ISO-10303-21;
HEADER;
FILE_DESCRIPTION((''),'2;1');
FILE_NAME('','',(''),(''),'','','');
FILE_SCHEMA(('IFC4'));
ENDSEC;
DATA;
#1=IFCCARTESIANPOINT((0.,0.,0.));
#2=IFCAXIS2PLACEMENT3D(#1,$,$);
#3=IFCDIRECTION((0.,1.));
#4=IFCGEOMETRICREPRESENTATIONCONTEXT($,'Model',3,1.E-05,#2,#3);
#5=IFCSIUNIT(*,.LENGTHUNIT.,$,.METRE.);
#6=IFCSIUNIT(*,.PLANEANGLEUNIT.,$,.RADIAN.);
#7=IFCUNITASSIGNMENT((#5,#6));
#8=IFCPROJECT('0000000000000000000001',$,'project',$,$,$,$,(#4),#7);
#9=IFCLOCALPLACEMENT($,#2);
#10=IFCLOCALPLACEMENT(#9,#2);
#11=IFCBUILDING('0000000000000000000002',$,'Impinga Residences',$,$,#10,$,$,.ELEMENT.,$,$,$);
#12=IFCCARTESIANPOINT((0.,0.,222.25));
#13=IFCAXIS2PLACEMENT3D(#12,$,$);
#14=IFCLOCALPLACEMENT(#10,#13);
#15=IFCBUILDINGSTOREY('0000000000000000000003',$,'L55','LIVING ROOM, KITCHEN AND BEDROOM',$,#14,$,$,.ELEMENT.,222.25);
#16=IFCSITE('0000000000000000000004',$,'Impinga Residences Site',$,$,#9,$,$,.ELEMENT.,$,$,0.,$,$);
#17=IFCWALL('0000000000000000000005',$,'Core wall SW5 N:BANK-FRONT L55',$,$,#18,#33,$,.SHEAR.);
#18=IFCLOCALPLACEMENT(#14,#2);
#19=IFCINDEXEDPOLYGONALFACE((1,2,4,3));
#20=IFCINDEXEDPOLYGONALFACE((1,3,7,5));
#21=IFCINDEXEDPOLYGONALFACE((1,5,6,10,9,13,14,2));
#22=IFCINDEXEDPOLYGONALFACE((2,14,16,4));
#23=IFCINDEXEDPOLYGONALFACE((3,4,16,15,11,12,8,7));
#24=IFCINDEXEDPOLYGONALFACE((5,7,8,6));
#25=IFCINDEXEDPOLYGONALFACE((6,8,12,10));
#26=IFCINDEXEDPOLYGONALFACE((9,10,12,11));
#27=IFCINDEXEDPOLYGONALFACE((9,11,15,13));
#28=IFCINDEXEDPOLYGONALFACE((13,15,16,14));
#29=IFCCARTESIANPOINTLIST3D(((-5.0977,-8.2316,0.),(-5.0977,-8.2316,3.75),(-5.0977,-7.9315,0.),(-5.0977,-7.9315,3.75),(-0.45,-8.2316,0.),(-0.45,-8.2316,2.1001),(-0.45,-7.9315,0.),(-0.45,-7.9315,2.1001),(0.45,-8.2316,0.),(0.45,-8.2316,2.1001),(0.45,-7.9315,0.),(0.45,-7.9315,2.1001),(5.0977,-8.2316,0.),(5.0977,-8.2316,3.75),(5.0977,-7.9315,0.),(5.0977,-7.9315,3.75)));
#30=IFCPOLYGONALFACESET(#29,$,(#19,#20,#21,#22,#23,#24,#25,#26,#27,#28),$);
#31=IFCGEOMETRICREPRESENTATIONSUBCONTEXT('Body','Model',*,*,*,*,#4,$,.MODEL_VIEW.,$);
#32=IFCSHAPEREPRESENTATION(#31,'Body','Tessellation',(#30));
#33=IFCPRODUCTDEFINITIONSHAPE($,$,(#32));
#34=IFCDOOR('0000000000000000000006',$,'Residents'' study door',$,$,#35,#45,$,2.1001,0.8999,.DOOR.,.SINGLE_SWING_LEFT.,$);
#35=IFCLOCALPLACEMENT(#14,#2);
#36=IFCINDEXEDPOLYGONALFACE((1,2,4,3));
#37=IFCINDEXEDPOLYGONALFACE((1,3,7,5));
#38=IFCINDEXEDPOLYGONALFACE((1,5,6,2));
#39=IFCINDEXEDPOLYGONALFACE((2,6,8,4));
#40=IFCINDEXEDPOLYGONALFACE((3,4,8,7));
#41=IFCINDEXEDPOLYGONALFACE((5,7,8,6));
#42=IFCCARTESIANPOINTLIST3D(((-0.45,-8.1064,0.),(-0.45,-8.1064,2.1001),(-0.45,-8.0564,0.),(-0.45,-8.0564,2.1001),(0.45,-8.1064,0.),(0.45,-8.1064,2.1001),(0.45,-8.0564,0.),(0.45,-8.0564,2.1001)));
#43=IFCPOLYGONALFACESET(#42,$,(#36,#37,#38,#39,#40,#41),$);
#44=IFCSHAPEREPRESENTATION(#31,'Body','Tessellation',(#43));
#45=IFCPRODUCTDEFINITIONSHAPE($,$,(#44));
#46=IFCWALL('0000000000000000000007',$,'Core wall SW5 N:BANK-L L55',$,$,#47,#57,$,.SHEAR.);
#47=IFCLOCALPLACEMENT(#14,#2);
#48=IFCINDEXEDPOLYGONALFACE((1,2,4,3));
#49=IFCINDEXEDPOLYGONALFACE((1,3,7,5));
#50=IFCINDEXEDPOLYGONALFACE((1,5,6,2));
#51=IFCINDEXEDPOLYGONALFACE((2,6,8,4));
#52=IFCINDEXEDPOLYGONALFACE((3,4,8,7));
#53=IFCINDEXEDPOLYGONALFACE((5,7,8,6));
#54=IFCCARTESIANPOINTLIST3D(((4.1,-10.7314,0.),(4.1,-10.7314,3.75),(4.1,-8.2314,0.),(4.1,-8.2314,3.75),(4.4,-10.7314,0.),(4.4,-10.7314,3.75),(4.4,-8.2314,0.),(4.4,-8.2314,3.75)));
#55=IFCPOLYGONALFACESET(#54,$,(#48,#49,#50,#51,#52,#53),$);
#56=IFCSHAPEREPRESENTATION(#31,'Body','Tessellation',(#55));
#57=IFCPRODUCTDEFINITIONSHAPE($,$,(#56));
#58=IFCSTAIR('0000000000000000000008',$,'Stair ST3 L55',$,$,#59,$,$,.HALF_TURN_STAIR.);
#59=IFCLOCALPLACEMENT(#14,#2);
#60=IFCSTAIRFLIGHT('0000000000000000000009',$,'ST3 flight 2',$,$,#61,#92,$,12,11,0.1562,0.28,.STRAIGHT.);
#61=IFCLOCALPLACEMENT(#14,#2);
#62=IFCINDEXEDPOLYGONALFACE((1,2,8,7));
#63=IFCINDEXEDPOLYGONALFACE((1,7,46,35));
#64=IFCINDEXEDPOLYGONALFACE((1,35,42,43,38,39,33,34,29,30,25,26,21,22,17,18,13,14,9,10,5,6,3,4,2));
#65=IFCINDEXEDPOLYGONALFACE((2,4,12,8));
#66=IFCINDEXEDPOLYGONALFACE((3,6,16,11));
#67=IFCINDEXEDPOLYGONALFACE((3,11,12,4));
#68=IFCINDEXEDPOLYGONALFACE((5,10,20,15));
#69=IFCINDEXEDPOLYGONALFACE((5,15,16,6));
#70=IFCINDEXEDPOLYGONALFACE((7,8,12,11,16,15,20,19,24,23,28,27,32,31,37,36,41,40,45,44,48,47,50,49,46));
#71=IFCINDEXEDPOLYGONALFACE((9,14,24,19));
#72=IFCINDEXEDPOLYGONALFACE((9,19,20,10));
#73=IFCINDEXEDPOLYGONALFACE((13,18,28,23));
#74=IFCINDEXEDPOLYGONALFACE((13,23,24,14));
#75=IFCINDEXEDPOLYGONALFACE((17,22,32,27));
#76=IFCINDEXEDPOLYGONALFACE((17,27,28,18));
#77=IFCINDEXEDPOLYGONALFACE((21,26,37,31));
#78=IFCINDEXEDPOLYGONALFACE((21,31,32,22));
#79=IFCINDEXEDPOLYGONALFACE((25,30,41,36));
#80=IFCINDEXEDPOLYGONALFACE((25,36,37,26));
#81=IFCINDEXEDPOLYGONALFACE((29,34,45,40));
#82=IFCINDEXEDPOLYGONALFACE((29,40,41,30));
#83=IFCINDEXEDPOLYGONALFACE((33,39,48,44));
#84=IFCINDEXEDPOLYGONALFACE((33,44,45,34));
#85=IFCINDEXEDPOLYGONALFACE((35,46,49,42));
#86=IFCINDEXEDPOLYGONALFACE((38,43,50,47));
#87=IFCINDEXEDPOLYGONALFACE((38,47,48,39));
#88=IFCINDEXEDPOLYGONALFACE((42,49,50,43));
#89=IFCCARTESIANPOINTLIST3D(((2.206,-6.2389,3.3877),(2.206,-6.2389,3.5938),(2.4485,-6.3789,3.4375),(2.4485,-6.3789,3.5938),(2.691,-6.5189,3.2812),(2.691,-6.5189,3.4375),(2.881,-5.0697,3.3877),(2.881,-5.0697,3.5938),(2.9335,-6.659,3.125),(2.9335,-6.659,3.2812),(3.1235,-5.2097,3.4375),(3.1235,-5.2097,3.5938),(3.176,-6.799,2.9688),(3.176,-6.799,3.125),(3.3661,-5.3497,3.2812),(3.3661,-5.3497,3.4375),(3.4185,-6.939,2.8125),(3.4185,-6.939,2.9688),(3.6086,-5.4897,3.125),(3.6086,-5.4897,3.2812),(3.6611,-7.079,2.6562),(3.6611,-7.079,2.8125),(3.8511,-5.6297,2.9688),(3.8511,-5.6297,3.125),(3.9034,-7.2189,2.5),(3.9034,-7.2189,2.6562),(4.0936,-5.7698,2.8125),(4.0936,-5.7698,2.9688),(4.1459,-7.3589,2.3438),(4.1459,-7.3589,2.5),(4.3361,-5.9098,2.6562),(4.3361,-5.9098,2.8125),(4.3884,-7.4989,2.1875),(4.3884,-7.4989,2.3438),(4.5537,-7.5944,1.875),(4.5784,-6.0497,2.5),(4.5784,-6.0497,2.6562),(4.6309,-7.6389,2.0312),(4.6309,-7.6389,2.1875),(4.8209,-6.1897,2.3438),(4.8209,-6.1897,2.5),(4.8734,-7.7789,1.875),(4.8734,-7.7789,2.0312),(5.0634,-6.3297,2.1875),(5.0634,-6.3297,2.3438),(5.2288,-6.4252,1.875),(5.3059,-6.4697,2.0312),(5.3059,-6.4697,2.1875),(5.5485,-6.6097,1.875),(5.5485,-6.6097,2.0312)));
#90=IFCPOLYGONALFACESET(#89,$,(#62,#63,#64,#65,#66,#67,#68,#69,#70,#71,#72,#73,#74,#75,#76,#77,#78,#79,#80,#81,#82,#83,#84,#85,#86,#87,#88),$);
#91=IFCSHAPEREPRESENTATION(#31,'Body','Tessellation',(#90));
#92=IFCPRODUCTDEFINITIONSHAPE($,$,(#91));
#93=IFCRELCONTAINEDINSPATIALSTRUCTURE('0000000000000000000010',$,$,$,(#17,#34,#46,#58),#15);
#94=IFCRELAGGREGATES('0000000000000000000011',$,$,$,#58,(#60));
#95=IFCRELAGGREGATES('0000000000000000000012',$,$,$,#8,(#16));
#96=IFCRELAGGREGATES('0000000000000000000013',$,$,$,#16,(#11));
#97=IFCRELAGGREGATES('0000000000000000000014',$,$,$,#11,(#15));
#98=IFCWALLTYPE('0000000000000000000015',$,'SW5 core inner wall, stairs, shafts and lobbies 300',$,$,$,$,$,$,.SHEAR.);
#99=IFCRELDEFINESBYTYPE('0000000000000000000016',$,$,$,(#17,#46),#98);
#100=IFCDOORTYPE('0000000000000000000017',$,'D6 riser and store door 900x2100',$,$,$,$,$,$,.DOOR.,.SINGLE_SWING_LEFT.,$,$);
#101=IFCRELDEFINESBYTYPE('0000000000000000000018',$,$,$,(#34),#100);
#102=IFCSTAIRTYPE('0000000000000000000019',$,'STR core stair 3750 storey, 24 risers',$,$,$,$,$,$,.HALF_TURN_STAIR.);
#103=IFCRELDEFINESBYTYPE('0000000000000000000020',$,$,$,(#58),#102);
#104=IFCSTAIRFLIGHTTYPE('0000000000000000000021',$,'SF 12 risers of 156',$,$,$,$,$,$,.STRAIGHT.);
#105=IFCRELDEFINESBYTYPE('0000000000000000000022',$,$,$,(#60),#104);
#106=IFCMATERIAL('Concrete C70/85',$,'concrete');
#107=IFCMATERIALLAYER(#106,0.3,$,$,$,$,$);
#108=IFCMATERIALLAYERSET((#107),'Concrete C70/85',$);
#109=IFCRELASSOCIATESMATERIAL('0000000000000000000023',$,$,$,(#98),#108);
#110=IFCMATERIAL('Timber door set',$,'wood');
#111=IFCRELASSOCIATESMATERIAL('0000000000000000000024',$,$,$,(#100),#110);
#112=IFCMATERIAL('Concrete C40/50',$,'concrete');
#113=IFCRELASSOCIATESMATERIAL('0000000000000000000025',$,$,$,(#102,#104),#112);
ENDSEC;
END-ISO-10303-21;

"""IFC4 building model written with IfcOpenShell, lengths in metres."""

from ifc_helpers import new_model, si_unit, direction, frame, frame_2d, origin, place, context, subcontext, project, spatial, polyline, rectangle, outline, extrude, material, layer, layer_set, type_object, element, fill, aggregate, save


model = new_model("IFC4")

# Units and contexts
model_context = context("Model", 3, precision=1e-05, world=origin(), true_north=direction((0.0, 1.0)))
body_context = subcontext(model_context, "Body", "Model", "MODEL_VIEW")
ifc_project = project(units=[si_unit("LENGTHUNIT", "METRE"), si_unit("PLANEANGLEUNIT", "RADIAN")], contexts=[model_context])

# Site, building, storey
site_placement = place(None, origin())
site = spatial("IfcSite", under=ifc_project, at=site_placement, Name="Impinga Residences Site", CompositionType="ELEMENT", RefElevation=0.0)
building_placement = place(site_placement, origin())
building = spatial("IfcBuilding", under=site, at=building_placement, Name="Impinga Residences", CompositionType="ELEMENT")
storey_placement = place(building_placement, frame((0.0, 0.0, 222.25)))
storey = spatial("IfcBuildingStorey", under=building, at=storey_placement, Name="L55", Description="LIVING ROOM, KITCHEN AND BEDROOM", CompositionType="ELEMENT", Elevation=222.25)

# Shared definitions
ifc_material_1 = material(Name="Timber door set", Category="wood")

# Wall, opening, door
ifc_material_2 = material(Name="Concrete C70/85", Category="concrete")
ifc_layer_1 = layer(ifc_material_2, 0.3)
ifc_layer_set_1 = layer_set([ifc_layer_1], Name="Concrete C70/85")
wall_type_1 = type_object("IfcWallType", Name="SW5 core inner wall, stairs, shafts and lobbies 300", PredefinedType="SHEAR", material=ifc_layer_set_1)
wall_1_placement = place(storey_placement, frame((5.0977, -8.0815, 0.0), z_axis=(0.0, 0.0, 1.0), x_axis=(-1.0, 0.0, 0.0)))
wall_1 = element("IfcWall", 1, at=wall_1_placement, inside=storey, type_object=wall_type_1, Name="Core wall SW5 N:BANK-FRONT L55", PredefinedType="SHEAR", context=body_context, shape_type="SweptSolid", body=[
    extrude(rectangle(XDim=10.1953, YDim=0.3, at=frame_2d((5.0977, 0.0))), origin(), (0.0, 0.0, 1.0), 3.75),
])
opening_1_placement = place(wall_1_placement, frame((4.6477, 0.0, 0.0)))
opening_1 = element("IfcOpeningElement", 2, at=opening_1_placement, cuts=wall_1, PredefinedType="OPENING", context=body_context, shape_type="SweptSolid", body=[
    extrude(rectangle(XDim=0.8999, YDim=2.1001, at=frame_2d((0.45, 1.05))), frame((0.0, 0.1599, 0.0), z_axis=(0.0, -1.0, 0.0), x_axis=(1.0, 0.0, 0.0)), (0.0, 0.0, 1.0), 0.3201),
])
door_type_1 = type_object("IfcDoorType", Name="D6 riser and store door 900x2100", OperationType="SINGLE_SWING_LEFT", PredefinedType="DOOR", material=ifc_material_1)
door_1_placement = place(opening_1_placement, origin())
door_1 = element("IfcDoor", 3, at=door_1_placement, inside=storey, type_object=door_type_1, Name="Residents' study door", OperationType="SINGLE_SWING_LEFT", OverallHeight=2.1001, OverallWidth=0.8999, PredefinedType="DOOR", context=body_context, shape_type="SweptSolid", body=[
    extrude(rectangle(XDim=0.8999, YDim=2.1001, at=frame_2d((0.45, 1.05))), frame((0.0, 0.0249, 0.0), z_axis=(0.0, -1.0, 0.0), x_axis=(1.0, 0.0, 0.0)), (0.0, 0.0, 1.0), 0.05),
])
fill(opening_1, door_1)

# Wall
wall_2_placement = place(storey_placement, frame((4.25, -8.2314, 0.0), z_axis=(0.0, 0.0, 1.0), x_axis=(0.0, -1.0, 0.0)))
element("IfcWall", 4, at=wall_2_placement, inside=storey, type_object=wall_type_1, Name="Core wall SW5 N:BANK-L L55", PredefinedType="SHEAR", context=body_context, shape_type="SweptSolid", body=[
    extrude(rectangle(XDim=2.5, YDim=0.3, at=frame_2d((1.25, 0.0))), origin(), (0.0, 0.0, 1.0), 3.75),
])

# Stair, stair flight
ifc_material_3 = material(Name="Concrete C40/50", Category="concrete")
stair_type = type_object("IfcStairType", Name="STR core stair 3750 storey, 24 risers", PredefinedType="HALF_TURN_STAIR", material=ifc_material_3)
stair_placement = place(storey_placement, origin())
stair = element("IfcStair", 5, at=stair_placement, inside=storey, type_object=stair_type, Name="Stair ST3 L55", PredefinedType="HALF_TURN_STAIR")
stair_flight_type = type_object("IfcStairFlightType", Name="SF 12 risers of 156", PredefinedType="STRAIGHT", material=ifc_material_3)
stair_flight_placement = place(storey_placement, frame((5.2109, -7.1943, 1.875), z_axis=(0.0, 0.0, 1.0), x_axis=(-0.866025, 0.5, 0.0)))
stair_flight = element("IfcStairFlight", 6, at=stair_flight_placement, type_object=stair_flight_type, Name="ST3 flight 2", NumberOfRisers=12, NumberOfTreads=11, PredefinedType="STRAIGHT", RiserHeight=0.1562, TreadLength=0.28, context=body_context, shape_type="SweptSolid", body=[
    extrude(outline(polyline([(0.0, 0.0), (0.0, 0.1562), (0.28, 0.1562), (0.28, 0.3125), (0.5601, 0.3125), (0.5601, 0.4688), (0.8401, 0.4688), (0.8401, 0.625), (1.1201, 0.625), (1.1201, 0.7812), (1.3999, 0.7812), (1.3999, 0.9375), (1.6799, 0.9375), (1.6799, 1.0938), (1.96, 1.0938), (1.96, 1.25), (2.24, 1.25), (2.24, 1.4062), (2.52, 1.4062), (2.52, 1.5625), (2.8, 1.5625), (2.8, 1.7188), (3.0801, 1.7188), (3.0801, 1.875), (3.0801, 1.5127), (0.3691, 0.0), (0.0, 0.0)])), frame((0.0, 0.675, 0.0), z_axis=(0.0, -1.0, 0.0), x_axis=(1.0, 0.0, 0.0)), (0.0, 0.0, 1.0), 1.3501),
])
aggregate(stair, [stair_flight])

save(model, "model.ifc")
